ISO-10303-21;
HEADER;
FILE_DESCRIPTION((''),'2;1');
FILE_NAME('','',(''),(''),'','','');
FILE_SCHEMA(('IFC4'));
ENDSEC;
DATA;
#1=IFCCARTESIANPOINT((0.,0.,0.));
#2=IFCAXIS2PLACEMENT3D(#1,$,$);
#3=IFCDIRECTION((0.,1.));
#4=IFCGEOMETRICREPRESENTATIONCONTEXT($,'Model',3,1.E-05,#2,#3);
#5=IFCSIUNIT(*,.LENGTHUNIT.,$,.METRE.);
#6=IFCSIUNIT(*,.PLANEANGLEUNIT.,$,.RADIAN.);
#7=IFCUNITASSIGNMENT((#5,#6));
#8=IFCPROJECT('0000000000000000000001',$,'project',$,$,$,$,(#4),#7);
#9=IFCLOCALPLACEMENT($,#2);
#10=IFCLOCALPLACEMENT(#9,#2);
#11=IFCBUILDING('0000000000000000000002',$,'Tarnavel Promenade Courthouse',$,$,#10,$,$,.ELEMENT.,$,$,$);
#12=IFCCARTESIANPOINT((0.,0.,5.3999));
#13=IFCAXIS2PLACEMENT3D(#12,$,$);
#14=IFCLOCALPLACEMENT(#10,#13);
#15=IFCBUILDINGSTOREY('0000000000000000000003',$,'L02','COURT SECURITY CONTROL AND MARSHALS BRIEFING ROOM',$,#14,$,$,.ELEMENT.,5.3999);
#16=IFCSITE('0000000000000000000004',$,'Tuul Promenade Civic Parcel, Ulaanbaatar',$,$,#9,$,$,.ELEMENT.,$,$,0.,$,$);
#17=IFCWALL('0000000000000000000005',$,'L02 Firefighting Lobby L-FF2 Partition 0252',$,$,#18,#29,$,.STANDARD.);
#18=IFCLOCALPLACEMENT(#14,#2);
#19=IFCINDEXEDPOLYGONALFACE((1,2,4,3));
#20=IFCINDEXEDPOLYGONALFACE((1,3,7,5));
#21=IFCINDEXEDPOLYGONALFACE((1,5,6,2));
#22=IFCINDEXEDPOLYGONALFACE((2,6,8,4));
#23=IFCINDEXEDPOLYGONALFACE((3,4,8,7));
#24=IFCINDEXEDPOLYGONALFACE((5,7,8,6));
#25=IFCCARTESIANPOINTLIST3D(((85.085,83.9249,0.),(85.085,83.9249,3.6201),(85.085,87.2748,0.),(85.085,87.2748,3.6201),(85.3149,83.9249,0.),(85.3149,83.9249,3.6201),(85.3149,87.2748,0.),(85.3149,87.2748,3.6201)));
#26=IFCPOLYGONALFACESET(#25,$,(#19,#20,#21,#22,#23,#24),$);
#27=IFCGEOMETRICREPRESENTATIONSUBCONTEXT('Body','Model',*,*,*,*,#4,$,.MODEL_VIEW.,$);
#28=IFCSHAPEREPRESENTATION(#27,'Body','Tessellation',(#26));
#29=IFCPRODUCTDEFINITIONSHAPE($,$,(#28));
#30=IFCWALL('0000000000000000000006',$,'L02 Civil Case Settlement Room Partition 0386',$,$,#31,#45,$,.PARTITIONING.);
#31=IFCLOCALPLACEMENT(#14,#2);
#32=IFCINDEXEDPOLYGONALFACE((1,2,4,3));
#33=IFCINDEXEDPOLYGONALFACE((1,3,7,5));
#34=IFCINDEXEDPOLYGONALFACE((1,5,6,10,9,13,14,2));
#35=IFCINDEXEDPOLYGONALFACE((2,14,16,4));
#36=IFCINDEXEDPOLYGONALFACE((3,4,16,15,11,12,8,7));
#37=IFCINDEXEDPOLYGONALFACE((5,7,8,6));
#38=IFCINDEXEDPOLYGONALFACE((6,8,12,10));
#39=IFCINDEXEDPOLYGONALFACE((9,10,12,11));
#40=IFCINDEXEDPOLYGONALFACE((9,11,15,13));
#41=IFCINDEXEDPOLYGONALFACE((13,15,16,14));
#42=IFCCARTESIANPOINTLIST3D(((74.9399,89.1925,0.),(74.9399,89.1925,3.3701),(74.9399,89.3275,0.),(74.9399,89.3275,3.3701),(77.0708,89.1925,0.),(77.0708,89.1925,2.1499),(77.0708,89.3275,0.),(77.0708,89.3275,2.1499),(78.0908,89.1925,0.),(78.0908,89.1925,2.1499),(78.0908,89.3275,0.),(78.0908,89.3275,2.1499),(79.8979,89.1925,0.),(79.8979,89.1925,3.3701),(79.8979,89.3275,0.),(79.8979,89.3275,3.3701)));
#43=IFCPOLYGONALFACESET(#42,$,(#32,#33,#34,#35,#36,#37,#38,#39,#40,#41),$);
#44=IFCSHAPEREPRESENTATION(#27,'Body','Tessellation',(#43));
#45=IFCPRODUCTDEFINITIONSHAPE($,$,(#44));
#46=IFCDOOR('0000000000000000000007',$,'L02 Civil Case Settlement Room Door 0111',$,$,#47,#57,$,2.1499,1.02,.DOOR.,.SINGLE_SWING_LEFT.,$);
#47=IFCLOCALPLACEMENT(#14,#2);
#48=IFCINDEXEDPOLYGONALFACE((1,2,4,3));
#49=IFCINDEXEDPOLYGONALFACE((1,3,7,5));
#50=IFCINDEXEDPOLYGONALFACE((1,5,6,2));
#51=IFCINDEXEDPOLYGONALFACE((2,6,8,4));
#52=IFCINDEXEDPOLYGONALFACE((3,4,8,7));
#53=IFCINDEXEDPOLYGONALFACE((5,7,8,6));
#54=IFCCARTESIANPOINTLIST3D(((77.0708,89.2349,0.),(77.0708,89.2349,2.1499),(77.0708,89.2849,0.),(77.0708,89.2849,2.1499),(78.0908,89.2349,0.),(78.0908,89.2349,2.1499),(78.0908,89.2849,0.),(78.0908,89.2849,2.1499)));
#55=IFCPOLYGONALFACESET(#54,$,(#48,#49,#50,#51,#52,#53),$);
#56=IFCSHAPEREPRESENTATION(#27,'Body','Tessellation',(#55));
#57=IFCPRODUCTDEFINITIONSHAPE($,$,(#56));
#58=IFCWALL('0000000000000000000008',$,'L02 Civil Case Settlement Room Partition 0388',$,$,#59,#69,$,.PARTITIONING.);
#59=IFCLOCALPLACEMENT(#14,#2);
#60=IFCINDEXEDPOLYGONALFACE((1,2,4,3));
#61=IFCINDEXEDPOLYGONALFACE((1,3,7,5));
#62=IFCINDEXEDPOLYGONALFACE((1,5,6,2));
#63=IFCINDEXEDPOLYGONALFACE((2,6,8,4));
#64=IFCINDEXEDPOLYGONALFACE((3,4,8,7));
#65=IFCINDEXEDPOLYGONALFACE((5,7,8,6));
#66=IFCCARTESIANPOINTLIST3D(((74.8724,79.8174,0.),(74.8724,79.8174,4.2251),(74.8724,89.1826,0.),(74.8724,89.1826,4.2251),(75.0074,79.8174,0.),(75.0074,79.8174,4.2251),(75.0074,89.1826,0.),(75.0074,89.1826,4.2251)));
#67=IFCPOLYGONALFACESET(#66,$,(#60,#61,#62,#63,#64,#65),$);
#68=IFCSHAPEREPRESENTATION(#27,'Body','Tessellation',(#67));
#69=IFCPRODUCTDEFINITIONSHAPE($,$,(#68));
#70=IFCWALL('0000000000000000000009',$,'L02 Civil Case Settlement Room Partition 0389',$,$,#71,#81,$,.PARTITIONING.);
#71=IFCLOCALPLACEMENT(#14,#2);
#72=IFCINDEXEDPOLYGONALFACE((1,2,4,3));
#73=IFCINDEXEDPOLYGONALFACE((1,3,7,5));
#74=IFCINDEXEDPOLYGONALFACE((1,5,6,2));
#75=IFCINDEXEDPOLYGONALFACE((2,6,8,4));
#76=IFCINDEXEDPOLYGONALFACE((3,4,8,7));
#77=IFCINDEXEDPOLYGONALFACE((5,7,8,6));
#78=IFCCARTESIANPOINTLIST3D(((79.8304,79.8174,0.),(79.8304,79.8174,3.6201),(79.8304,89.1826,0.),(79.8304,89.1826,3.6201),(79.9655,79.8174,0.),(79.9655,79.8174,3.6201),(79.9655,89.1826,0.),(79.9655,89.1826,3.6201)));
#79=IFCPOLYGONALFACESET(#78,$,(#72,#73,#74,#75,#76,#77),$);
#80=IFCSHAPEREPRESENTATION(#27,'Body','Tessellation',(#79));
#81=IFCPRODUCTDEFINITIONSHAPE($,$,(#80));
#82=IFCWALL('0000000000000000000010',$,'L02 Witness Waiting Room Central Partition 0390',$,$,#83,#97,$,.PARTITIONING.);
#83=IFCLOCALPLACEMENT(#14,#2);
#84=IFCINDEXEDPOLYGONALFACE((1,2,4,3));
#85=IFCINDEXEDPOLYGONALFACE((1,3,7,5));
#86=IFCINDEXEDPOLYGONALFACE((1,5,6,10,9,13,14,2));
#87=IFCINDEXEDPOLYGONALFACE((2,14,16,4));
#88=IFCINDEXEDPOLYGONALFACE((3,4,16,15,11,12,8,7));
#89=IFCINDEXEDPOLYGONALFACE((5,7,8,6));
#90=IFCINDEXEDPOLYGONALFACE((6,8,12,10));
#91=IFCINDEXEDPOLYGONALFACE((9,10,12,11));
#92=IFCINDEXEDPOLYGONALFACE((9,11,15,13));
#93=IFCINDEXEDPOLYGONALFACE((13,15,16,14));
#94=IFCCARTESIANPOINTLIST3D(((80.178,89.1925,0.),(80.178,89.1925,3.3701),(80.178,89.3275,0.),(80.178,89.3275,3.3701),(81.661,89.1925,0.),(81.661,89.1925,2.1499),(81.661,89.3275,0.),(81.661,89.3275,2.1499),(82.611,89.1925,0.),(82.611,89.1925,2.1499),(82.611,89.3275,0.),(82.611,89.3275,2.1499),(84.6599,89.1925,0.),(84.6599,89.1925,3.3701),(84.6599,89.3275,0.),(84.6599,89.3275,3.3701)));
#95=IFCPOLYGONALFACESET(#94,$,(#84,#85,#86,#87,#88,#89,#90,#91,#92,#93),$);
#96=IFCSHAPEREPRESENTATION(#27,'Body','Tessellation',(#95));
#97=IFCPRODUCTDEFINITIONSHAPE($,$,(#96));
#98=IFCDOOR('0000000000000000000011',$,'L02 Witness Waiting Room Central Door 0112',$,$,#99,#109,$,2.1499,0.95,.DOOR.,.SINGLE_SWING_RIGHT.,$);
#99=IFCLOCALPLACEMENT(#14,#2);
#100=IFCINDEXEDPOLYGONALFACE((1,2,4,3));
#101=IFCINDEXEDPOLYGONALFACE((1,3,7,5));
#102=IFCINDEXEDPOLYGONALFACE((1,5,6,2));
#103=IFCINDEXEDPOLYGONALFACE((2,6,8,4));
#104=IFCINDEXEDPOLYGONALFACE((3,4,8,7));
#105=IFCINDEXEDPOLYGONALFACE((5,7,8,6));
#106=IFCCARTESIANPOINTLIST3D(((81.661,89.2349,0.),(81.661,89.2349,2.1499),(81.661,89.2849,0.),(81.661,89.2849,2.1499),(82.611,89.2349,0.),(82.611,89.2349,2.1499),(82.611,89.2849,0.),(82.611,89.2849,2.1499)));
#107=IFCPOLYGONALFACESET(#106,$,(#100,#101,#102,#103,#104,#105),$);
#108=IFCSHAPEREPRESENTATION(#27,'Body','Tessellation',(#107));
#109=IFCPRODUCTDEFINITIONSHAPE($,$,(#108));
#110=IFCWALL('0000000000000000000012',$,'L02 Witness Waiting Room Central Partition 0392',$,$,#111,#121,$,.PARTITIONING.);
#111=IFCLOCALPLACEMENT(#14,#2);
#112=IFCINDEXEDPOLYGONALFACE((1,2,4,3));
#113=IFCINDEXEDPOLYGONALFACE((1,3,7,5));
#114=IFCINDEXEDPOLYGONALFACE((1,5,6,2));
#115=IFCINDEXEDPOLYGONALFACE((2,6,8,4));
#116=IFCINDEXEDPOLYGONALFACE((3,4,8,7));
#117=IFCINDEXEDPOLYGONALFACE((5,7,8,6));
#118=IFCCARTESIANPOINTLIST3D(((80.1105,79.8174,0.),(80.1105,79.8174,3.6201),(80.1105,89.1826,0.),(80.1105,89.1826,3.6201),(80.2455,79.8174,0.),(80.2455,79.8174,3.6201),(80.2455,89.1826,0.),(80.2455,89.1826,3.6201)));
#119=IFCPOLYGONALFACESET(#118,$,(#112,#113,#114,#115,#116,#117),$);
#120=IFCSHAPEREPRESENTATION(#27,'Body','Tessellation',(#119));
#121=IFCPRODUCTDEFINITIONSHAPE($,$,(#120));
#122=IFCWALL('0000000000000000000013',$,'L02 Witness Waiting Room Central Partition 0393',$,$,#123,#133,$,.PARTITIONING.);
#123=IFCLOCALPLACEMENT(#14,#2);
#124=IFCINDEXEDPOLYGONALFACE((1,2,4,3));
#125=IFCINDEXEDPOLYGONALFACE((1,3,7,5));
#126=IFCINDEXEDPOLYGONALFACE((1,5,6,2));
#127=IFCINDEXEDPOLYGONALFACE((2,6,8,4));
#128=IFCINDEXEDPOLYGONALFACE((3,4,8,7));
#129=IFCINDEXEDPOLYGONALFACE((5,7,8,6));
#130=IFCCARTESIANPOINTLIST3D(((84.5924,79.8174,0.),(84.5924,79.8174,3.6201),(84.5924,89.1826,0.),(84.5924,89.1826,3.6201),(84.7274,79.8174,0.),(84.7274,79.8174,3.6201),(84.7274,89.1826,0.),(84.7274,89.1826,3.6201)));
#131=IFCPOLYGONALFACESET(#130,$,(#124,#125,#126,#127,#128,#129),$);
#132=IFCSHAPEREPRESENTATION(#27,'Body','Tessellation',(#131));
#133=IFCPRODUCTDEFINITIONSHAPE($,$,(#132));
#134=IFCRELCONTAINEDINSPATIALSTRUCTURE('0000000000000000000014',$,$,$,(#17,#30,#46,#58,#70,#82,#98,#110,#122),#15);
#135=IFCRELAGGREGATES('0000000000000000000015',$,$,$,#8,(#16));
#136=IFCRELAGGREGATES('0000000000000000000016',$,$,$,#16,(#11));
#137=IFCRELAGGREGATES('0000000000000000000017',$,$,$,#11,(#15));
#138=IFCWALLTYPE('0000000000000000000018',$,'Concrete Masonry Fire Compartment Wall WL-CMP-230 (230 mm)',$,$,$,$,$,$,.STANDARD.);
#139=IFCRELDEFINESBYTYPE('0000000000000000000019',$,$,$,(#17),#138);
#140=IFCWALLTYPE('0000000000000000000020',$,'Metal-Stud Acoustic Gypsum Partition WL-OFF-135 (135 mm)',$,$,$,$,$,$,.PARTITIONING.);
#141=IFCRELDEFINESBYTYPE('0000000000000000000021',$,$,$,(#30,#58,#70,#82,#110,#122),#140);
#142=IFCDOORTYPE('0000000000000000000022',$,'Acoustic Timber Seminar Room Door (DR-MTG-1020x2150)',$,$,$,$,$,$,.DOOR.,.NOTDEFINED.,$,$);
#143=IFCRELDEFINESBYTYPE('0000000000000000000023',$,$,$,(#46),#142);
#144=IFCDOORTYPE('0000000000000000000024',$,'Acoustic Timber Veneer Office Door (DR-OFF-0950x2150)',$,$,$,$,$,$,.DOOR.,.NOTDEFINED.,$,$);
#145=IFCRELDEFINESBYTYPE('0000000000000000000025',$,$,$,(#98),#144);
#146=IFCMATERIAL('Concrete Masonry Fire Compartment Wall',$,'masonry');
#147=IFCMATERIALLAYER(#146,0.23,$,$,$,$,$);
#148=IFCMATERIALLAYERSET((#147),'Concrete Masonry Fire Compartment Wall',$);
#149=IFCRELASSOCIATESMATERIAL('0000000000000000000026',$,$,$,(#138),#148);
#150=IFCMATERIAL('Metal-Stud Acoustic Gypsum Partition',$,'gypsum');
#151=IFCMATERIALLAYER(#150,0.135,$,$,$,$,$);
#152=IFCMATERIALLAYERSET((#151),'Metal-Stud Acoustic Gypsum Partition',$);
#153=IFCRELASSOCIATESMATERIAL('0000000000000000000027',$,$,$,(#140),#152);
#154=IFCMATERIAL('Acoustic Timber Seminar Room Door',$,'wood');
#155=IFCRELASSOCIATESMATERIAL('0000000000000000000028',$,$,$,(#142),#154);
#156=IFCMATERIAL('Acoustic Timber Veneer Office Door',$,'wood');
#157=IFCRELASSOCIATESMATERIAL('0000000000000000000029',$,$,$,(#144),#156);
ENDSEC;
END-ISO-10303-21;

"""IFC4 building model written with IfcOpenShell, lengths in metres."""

from ifc_helpers import new_model, si_unit, direction, frame, frame_2d, origin, place, context, subcontext, project, spatial, rectangle, extrude, material, layer, layer_set, type_object, element, fill, save


model = new_model("IFC4")

# Units and contexts
model_context = context("Model", 3, precision=1e-05, world=origin(), true_north=direction((0.0, 1.0)))
body_context = subcontext(model_context, "Body", "Model", "MODEL_VIEW")
ifc_project = project(units=[si_unit("LENGTHUNIT", "METRE"), si_unit("PLANEANGLEUNIT", "RADIAN")], contexts=[model_context])

# Site, building, storey
site_placement = place(None, origin())
site = spatial("IfcSite", under=ifc_project, at=site_placement, Name="Tuul Promenade Civic Parcel, Ulaanbaatar", CompositionType="ELEMENT", RefElevation=0.0)
building_placement = place(site_placement, origin())
building = spatial("IfcBuilding", under=site, at=building_placement, Name="Tarnavel Promenade Courthouse", CompositionType="ELEMENT")
storey_placement = place(building_placement, frame((0.0, 0.0, 5.3999)))
storey = spatial("IfcBuildingStorey", under=building, at=storey_placement, Name="L02", Description="COURT SECURITY CONTROL AND MARSHALS BRIEFING ROOM", CompositionType="ELEMENT", Elevation=5.3999)

# Shared definitions
ifc_material_1 = material(Name="Concrete Masonry Fire Compartment Wall", Category="masonry")
ifc_layer_1 = layer(ifc_material_1, 0.23)
ifc_layer_set_1 = layer_set([ifc_layer_1], Name="Concrete Masonry Fire Compartment Wall")
wall_type_1 = type_object("IfcWallType", Name="Concrete Masonry Fire Compartment Wall WL-CMP-230 (230 mm)", PredefinedType="STANDARD", material=ifc_layer_set_1)

# Wall
wall_1_placement = place(storey_placement, frame((85.2, 83.925, 0.0), z_axis=(0.0, 0.0, 1.0), x_axis=(0.0, 1.0, 0.0)))
element("IfcWall", 1, at=wall_1_placement, inside=storey, type_object=wall_type_1, Name="L02 Firefighting Lobby L-FF2 Partition 0252", PredefinedType="STANDARD", context=body_context, shape_type="SweptSolid", body=[
    extrude(rectangle(XDim=3.3499, YDim=0.23, at=frame_2d((1.6748, 0.0))), origin(), (0.0, 0.0, 1.0), 3.6201),
])

# Wall, opening, door
ifc_material_2 = material(Name="Metal-Stud Acoustic Gypsum Partition", Category="gypsum")
ifc_layer_2 = layer(ifc_material_2, 0.135)
ifc_layer_set_2 = layer_set([ifc_layer_2], Name="Metal-Stud Acoustic Gypsum Partition")
wall_type_2 = type_object("IfcWallType", Name="Metal-Stud Acoustic Gypsum Partition WL-OFF-135 (135 mm)", PredefinedType="PARTITIONING", material=ifc_layer_set_2)
wall_2_placement = place(storey_placement, frame((74.9399, 89.26, 0.0), z_axis=(0.0, 0.0, 1.0), x_axis=(1.0, 0.0, 0.0)))
wall_2 = element("IfcWall", 2, at=wall_2_placement, inside=storey, type_object=wall_type_2, Name="L02 Civil Case Settlement Room Partition 0386", PredefinedType="PARTITIONING", context=body_context, shape_type="SweptSolid", body=[
    extrude(rectangle(XDim=4.958, YDim=0.135, at=frame_2d((2.479, 0.0))), origin(), (0.0, 0.0, 1.0), 3.3701),
])
opening_1_placement = place(wall_2_placement, frame((2.1309, 0.0, 0.0)))
opening_1 = element("IfcOpeningElement", 3, at=opening_1_placement, cuts=wall_2, PredefinedType="OPENING", context=body_context, shape_type="SweptSolid", body=[
    extrude(rectangle(XDim=1.02, YDim=2.1499, at=frame_2d((0.51, 1.075))), frame((0.0, 0.0774, 0.0), z_axis=(0.0, -1.0, 0.0), x_axis=(1.0, 0.0, 0.0)), (0.0, 0.0, 1.0), 0.155),
])
ifc_material_3 = material(Name="Acoustic Timber Seminar Room Door", Category="wood")
door_type_1 = type_object("IfcDoorType", Name="Acoustic Timber Seminar Room Door (DR-MTG-1020x2150)", OperationType="NOTDEFINED", PredefinedType="DOOR", material=ifc_material_3)
door_1_placement = place(opening_1_placement, origin())
door_1 = element("IfcDoor", 4, at=door_1_placement, inside=storey, type_object=door_type_1, Name="L02 Civil Case Settlement Room Door 0111", OperationType="SINGLE_SWING_LEFT", OverallHeight=2.1499, OverallWidth=1.02, PredefinedType="DOOR", context=body_context, shape_type="SweptSolid", body=[
    extrude(rectangle(XDim=1.02, YDim=2.1499, at=frame_2d((0.51, 1.075))), frame((0.0, 0.0249, 0.0), z_axis=(0.0, -1.0, 0.0), x_axis=(1.0, 0.0, 0.0)), (0.0, 0.0, 1.0), 0.05),
])
fill(opening_1, door_1)

# Walls
wall_3_placement = place(storey_placement, frame((74.9399, 79.8174, 0.0), z_axis=(0.0, 0.0, 1.0), x_axis=(0.0, 1.0, 0.0)))
element("IfcWall", 5, at=wall_3_placement, inside=storey, type_object=wall_type_2, Name="L02 Civil Case Settlement Room Partition 0388", PredefinedType="PARTITIONING", context=body_context, shape_type="SweptSolid", body=[
    extrude(rectangle(XDim=9.3652, YDim=0.135, at=frame_2d((4.6826, 0.0))), origin(), (0.0, 0.0, 1.0), 4.2251),
])
wall_4_placement = place(storey_placement, frame((79.8979, 89.1826, 0.0), z_axis=(0.0, 0.0, 1.0), x_axis=(0.0, -1.0, 0.0)))
element("IfcWall", 6, at=wall_4_placement, inside=storey, type_object=wall_type_2, Name="L02 Civil Case Settlement Room Partition 0389", PredefinedType="PARTITIONING", context=body_context, shape_type="SweptSolid", body=[
    extrude(rectangle(XDim=9.3652, YDim=0.135, at=frame_2d((4.6826, 0.0))), origin(), (0.0, 0.0, 1.0), 3.6201),
])

# Wall, opening, door
wall_5_placement = place(storey_placement, frame((80.178, 89.26, 0.0), z_axis=(0.0, 0.0, 1.0), x_axis=(1.0, 0.0, 0.0)))
wall_5 = element("IfcWall", 7, at=wall_5_placement, inside=storey, type_object=wall_type_2, Name="L02 Witness Waiting Room Central Partition 0390", PredefinedType="PARTITIONING", context=body_context, shape_type="SweptSolid", body=[
    extrude(rectangle(XDim=4.4819, YDim=0.135, at=frame_2d((2.241, 0.0))), origin(), (0.0, 0.0, 1.0), 3.3701),
])
opening_2_placement = place(wall_5_placement, frame((1.4829, 0.0, 0.0)))
opening_2 = element("IfcOpeningElement", 8, at=opening_2_placement, cuts=wall_5, PredefinedType="OPENING", context=body_context, shape_type="SweptSolid", body=[
    extrude(rectangle(XDim=0.95, YDim=2.1499, at=frame_2d((0.4751, 1.075))), frame((0.0, 0.0774, 0.0), z_axis=(0.0, -1.0, 0.0), x_axis=(1.0, 0.0, 0.0)), (0.0, 0.0, 1.0), 0.155),
])
ifc_material_4 = material(Name="Acoustic Timber Veneer Office Door", Category="wood")
door_type_2 = type_object("IfcDoorType", Name="Acoustic Timber Veneer Office Door (DR-OFF-0950x2150)", OperationType="NOTDEFINED", PredefinedType="DOOR", material=ifc_material_4)
door_2_placement = place(opening_2_placement, origin())
door_2 = element("IfcDoor", 9, at=door_2_placement, inside=storey, type_object=door_type_2, Name="L02 Witness Waiting Room Central Door 0112", OperationType="SINGLE_SWING_RIGHT", OverallHeight=2.1499, OverallWidth=0.95, PredefinedType="DOOR", context=body_context, shape_type="SweptSolid", body=[
    extrude(rectangle(XDim=0.95, YDim=2.1499, at=frame_2d((0.4751, 1.075))), frame((0.0, 0.0249, 0.0), z_axis=(0.0, -1.0, 0.0), x_axis=(1.0, 0.0, 0.0)), (0.0, 0.0, 1.0), 0.05),
])
fill(opening_2, door_2)

# Walls
for number, where, z_axis, x_axis, name in (
    (10, (80.178, 79.8174, 0.0), (0.0, 0.0, 1.0), (0.0, 1.0, 0.0), "L02 Witness Waiting Room Central Partition 0392"),
    (11, (84.6599, 89.1826, 0.0), (0.0, 0.0, 1.0), (0.0, -1.0, 0.0), "L02 Witness Waiting Room Central Partition 0393"),
):
    element("IfcWall", number, at=place(storey_placement, frame(where, z_axis=z_axis, x_axis=x_axis)), inside=storey, type_object=wall_type_2, Name=name, PredefinedType="PARTITIONING", context=body_context, shape_type="SweptSolid", body=[
        extrude(rectangle(XDim=9.3652, YDim=0.135, at=frame_2d((4.6826, 0.0))), origin(), (0.0, 0.0, 1.0), 3.6201),
    ])

save(model, "model.ifc")
